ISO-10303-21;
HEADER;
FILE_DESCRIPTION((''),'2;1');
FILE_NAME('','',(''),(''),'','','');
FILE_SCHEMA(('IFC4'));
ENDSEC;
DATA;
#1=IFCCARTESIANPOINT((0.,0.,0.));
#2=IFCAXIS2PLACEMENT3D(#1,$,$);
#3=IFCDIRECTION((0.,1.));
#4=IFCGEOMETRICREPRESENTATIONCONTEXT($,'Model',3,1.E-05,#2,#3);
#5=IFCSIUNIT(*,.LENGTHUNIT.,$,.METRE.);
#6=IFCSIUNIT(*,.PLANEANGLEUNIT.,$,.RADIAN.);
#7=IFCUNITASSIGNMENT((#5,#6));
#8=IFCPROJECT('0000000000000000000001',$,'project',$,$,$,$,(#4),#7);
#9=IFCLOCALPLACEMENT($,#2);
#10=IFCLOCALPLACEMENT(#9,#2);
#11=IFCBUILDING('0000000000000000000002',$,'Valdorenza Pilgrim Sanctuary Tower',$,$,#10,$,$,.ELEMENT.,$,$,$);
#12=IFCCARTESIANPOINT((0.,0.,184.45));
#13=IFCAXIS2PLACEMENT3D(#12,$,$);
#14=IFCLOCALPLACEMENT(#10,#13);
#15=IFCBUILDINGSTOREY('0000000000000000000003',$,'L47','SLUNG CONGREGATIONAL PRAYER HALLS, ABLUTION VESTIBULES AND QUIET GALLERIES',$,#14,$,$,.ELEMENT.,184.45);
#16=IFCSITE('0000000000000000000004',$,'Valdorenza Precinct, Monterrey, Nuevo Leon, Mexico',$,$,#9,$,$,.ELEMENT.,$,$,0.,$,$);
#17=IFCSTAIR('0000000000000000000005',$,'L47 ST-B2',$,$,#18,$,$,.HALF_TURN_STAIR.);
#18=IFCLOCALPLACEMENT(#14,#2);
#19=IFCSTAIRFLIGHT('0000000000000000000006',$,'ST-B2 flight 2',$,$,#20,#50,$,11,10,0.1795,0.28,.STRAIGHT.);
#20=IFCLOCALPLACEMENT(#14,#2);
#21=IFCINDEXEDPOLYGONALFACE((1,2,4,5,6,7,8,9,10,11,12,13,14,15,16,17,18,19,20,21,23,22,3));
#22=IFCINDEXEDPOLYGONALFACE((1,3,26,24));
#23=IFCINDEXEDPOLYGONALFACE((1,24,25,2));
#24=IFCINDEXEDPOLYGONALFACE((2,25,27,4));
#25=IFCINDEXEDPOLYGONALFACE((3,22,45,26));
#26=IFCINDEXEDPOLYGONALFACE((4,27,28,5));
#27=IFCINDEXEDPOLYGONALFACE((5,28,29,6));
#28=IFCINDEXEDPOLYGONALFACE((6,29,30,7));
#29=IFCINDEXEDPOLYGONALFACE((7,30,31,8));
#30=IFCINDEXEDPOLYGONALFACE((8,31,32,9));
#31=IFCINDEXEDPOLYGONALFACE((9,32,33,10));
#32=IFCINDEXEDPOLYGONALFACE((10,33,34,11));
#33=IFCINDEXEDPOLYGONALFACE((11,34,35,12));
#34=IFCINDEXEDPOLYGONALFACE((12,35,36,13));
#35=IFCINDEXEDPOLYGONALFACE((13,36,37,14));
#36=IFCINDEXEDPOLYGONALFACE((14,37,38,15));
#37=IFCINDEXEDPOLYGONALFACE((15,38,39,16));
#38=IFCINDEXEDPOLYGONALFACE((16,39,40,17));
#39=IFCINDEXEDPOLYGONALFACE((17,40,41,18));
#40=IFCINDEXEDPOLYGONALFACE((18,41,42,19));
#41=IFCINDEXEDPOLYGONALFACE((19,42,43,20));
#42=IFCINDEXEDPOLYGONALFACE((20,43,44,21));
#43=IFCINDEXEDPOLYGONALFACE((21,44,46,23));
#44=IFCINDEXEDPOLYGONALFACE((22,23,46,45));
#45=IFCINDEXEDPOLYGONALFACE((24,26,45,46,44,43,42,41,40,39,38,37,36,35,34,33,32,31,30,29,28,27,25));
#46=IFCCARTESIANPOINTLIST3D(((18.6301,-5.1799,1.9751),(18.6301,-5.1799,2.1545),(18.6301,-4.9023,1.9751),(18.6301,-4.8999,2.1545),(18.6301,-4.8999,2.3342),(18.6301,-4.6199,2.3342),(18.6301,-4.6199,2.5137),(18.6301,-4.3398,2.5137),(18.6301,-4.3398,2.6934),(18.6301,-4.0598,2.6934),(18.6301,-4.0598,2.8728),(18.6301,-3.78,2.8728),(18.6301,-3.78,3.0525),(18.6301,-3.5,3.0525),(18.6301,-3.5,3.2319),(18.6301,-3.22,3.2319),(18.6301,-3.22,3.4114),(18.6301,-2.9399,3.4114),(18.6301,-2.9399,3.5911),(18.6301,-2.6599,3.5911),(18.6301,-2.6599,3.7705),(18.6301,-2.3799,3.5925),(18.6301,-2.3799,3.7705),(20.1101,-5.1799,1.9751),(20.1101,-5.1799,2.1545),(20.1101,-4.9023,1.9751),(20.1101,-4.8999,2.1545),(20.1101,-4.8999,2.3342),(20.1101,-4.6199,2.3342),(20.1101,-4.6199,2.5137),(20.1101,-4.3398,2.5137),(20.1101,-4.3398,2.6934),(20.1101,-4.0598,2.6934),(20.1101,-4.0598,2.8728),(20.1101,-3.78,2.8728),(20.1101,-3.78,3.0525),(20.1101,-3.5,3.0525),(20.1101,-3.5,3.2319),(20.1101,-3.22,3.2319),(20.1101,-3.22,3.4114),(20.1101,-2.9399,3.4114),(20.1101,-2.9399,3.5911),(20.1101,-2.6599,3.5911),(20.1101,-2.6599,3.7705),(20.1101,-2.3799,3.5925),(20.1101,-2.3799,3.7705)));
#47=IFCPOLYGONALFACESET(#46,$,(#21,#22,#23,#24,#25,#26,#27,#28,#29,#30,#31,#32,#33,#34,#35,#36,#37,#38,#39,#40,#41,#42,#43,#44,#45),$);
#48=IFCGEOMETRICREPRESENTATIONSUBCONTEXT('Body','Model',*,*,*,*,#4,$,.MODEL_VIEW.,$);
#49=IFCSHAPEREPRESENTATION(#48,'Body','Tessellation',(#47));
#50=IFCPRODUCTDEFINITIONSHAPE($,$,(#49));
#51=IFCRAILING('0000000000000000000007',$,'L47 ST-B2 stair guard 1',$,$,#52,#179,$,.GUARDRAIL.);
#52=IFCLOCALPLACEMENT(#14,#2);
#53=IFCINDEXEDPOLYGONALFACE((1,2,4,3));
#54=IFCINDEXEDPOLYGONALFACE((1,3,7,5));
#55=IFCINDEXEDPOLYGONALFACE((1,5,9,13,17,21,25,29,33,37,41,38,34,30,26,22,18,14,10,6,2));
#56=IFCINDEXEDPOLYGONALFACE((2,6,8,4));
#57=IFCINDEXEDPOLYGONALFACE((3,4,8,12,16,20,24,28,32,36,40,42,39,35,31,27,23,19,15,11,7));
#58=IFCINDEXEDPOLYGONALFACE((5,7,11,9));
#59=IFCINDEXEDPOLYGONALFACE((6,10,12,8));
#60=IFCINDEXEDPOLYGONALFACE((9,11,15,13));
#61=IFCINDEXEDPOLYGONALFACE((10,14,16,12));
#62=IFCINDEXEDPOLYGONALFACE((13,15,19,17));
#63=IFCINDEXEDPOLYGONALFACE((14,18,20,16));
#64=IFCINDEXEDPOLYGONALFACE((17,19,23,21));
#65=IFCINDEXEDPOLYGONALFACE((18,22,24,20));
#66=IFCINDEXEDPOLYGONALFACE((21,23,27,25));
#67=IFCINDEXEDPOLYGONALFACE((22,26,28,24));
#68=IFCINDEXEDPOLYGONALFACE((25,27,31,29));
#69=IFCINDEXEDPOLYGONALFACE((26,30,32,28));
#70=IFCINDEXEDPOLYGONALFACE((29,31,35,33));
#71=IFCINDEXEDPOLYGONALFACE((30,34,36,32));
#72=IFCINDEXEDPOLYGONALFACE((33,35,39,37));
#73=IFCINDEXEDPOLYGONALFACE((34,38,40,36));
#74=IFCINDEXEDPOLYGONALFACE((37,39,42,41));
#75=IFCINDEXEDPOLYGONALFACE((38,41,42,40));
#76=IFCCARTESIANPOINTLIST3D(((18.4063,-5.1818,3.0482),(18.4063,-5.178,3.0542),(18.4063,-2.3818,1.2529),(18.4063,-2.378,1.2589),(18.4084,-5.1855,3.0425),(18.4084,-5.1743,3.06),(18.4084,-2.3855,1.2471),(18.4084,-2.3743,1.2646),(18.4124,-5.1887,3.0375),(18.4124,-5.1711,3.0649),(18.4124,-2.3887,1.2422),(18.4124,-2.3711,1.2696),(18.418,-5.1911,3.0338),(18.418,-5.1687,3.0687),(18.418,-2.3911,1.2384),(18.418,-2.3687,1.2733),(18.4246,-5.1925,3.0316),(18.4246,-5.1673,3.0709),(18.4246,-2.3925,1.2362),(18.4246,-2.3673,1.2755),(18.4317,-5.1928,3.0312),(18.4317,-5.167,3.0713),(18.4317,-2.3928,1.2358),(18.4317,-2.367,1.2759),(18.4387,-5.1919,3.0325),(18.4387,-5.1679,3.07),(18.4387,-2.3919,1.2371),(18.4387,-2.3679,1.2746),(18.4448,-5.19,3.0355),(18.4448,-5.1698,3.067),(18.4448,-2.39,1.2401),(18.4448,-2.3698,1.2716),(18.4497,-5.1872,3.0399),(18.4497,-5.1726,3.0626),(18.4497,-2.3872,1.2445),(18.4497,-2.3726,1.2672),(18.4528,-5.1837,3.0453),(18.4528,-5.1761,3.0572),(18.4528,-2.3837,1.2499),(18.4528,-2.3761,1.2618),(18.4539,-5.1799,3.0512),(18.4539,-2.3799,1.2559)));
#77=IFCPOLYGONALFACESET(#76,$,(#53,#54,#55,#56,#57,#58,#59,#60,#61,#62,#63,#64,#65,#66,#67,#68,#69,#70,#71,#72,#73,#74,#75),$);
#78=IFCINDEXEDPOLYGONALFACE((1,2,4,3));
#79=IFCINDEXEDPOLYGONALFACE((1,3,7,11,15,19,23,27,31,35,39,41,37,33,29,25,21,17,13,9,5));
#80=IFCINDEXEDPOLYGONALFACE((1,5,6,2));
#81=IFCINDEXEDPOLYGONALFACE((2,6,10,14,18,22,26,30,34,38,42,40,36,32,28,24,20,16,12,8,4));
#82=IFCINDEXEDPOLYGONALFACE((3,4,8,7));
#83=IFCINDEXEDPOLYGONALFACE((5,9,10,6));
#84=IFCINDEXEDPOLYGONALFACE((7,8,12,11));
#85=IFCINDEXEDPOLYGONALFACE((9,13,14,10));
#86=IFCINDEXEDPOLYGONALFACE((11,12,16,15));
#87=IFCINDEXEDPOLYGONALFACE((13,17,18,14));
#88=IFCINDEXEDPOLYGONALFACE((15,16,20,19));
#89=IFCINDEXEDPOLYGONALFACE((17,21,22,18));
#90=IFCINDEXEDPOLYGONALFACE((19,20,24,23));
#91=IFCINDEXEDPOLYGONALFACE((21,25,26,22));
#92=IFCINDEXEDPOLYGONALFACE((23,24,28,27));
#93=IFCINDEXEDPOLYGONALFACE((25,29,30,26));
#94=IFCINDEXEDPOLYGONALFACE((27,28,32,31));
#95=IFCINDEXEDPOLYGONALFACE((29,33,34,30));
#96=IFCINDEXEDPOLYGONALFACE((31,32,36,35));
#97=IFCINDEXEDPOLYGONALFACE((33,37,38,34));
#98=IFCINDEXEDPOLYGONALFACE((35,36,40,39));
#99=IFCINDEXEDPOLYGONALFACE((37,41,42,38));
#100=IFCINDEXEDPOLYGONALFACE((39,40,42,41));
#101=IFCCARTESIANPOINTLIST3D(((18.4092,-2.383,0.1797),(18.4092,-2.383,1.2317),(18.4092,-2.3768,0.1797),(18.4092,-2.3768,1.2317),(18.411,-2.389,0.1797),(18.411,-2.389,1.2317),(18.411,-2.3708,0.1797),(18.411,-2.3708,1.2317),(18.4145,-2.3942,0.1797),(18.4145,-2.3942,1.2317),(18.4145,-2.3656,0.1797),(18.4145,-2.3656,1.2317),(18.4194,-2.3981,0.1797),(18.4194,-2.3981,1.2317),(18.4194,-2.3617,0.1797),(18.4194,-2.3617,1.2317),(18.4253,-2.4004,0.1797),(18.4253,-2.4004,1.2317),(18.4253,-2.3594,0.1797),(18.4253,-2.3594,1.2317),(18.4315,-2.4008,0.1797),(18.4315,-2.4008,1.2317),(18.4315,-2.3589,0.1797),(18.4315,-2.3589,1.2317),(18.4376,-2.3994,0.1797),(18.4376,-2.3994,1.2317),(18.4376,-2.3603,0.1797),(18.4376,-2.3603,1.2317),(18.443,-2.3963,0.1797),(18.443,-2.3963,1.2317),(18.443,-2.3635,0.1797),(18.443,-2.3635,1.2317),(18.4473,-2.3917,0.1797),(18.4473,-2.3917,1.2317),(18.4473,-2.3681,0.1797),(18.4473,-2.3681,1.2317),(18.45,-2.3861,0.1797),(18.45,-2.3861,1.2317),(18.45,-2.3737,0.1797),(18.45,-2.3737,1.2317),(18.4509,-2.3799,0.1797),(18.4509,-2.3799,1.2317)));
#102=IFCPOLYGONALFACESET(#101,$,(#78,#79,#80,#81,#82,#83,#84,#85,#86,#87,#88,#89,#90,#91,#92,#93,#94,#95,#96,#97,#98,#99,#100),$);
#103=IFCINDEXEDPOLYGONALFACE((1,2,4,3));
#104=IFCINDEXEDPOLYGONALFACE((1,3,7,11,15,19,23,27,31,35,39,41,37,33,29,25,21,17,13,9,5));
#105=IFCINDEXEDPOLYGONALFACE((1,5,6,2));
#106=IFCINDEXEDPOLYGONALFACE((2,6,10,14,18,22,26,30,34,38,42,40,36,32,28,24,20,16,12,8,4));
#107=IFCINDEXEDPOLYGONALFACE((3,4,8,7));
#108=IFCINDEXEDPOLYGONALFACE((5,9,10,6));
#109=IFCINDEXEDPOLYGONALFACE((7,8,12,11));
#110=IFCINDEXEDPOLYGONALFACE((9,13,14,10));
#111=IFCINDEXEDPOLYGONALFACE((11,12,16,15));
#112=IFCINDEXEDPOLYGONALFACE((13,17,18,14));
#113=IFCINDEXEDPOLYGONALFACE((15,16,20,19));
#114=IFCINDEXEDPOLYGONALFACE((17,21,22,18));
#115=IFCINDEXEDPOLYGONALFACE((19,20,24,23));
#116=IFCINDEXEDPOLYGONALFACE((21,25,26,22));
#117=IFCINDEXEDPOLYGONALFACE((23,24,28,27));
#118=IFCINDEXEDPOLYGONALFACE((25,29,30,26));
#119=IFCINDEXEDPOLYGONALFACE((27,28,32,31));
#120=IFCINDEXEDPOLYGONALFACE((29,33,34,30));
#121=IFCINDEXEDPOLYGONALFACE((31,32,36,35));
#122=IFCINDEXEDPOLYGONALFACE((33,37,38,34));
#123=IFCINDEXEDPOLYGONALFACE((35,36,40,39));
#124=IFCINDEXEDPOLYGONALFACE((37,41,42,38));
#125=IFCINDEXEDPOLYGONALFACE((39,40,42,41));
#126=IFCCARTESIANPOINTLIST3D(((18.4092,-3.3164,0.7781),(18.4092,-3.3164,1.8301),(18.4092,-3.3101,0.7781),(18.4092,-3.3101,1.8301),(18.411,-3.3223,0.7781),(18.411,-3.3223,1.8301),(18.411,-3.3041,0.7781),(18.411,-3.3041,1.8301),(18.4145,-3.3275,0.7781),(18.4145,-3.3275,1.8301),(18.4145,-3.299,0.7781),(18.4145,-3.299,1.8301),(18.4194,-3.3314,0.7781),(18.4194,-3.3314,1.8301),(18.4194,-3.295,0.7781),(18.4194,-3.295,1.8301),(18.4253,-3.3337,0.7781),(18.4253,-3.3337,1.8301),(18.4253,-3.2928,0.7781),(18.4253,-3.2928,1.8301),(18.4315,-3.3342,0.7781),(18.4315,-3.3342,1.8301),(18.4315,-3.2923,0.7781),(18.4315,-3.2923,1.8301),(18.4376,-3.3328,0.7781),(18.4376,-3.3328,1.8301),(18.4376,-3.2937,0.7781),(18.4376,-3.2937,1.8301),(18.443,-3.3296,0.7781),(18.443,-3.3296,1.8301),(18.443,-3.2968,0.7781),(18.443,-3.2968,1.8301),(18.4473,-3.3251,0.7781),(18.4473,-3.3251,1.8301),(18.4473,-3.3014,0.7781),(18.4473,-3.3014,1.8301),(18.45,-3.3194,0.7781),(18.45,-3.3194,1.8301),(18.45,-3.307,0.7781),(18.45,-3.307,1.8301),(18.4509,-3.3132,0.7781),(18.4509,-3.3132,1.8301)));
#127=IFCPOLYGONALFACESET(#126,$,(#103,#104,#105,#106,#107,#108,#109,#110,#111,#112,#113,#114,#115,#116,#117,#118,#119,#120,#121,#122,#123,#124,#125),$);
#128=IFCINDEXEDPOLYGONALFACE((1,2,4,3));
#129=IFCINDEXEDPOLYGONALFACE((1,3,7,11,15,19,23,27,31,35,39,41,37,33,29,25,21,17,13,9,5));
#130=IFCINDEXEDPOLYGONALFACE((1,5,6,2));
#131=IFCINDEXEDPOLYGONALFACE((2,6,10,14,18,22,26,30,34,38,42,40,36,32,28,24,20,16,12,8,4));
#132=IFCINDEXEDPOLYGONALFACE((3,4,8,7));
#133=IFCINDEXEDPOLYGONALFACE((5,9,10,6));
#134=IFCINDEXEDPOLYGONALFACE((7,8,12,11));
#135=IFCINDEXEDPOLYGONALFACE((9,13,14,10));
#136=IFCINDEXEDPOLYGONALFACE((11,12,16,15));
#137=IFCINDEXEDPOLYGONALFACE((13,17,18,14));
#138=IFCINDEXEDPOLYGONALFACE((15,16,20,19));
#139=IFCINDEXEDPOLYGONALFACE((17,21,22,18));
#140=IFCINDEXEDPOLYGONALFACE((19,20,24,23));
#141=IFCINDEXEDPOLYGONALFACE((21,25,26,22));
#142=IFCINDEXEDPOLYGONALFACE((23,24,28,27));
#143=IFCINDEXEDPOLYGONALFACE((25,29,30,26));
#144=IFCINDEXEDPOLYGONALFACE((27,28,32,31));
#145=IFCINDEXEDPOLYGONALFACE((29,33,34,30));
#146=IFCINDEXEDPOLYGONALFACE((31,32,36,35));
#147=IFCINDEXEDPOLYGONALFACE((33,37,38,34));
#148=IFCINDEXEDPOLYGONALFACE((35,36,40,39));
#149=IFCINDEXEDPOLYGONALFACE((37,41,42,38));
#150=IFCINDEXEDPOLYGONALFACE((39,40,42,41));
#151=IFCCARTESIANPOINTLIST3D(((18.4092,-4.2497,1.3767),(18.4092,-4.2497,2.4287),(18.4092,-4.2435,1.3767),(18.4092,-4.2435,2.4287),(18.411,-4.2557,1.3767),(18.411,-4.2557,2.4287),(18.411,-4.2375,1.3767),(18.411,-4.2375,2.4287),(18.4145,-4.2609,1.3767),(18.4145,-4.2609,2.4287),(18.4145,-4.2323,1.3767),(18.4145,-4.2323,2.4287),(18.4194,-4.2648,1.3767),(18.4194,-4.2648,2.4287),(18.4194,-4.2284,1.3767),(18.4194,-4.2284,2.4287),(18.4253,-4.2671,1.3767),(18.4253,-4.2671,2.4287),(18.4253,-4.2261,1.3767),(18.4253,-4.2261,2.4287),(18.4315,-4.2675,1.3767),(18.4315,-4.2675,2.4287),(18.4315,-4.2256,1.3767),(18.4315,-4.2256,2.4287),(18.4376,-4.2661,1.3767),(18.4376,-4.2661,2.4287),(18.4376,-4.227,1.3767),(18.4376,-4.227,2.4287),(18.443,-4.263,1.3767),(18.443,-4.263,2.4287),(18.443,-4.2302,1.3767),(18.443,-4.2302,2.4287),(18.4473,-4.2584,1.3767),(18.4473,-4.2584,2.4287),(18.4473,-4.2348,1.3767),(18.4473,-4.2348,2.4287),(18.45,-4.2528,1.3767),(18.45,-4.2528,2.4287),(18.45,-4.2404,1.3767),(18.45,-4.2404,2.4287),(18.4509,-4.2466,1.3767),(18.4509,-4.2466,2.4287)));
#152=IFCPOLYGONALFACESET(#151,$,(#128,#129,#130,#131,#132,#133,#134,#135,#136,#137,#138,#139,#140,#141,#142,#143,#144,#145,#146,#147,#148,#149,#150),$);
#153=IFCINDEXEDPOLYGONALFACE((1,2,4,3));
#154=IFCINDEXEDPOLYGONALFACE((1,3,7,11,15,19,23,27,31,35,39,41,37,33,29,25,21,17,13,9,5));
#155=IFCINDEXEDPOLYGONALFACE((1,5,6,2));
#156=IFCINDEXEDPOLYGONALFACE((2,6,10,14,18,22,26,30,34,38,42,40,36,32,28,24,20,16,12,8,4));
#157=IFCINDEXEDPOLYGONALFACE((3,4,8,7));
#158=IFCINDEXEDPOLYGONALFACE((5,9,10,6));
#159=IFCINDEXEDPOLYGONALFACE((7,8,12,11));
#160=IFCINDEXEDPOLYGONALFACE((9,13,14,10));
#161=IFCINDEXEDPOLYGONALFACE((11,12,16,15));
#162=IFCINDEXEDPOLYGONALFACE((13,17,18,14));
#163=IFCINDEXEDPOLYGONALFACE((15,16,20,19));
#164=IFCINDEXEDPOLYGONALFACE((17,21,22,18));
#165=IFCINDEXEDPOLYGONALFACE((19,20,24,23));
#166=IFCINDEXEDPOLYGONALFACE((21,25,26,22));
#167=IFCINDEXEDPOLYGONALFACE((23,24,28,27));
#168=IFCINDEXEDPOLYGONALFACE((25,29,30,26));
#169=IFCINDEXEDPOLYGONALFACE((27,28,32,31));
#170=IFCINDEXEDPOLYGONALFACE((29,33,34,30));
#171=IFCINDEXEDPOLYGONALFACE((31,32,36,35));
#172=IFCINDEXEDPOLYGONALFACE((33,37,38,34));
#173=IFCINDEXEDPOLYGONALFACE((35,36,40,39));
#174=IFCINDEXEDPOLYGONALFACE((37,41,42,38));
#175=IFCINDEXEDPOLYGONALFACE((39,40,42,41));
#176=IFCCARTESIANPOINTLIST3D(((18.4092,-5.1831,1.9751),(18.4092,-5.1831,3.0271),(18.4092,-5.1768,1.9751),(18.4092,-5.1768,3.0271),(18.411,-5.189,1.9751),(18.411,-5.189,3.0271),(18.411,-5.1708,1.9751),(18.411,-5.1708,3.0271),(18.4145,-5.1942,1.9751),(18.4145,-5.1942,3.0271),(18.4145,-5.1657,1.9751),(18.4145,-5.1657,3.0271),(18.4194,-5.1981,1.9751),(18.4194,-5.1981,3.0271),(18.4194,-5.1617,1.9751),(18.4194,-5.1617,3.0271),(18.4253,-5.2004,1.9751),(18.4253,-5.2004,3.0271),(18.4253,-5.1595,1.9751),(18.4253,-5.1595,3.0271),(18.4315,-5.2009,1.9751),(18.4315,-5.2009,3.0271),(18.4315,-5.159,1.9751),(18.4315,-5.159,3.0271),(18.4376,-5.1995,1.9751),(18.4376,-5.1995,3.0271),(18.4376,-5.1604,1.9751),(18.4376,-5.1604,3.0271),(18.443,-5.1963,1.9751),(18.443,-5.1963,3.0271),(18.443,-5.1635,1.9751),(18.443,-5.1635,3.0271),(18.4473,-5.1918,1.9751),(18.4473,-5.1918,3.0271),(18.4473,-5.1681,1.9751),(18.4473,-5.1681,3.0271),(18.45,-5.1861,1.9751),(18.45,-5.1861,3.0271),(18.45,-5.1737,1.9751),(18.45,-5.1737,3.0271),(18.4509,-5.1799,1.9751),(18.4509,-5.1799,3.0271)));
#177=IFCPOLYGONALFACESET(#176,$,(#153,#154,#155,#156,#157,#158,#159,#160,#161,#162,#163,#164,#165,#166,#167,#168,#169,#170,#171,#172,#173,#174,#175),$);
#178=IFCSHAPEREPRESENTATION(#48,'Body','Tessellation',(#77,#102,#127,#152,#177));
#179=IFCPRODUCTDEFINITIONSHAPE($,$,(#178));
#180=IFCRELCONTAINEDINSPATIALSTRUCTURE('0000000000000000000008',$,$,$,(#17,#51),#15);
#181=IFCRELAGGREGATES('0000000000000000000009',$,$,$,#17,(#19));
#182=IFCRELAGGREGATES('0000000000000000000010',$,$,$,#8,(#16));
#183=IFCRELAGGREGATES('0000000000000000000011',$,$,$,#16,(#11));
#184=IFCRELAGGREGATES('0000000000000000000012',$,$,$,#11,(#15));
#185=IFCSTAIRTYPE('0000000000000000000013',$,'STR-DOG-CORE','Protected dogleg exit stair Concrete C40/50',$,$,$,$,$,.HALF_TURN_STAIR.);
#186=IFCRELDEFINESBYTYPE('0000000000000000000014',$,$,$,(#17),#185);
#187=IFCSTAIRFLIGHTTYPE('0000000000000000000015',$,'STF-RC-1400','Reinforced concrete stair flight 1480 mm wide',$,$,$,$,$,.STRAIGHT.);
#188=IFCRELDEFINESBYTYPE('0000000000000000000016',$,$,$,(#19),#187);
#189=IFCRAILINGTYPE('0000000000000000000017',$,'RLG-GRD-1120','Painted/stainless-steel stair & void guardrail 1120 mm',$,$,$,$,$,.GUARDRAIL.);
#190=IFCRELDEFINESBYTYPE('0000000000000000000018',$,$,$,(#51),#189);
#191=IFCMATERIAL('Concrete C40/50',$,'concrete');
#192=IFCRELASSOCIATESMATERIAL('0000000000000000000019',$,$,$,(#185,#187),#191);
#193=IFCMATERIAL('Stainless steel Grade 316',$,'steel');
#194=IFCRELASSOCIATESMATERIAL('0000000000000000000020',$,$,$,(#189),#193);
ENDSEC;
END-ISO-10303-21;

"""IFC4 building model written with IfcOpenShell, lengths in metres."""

from ifc_helpers import new_model, si_unit, direction, frame, origin, origin_2d, place, context, subcontext, project, spatial, polyline, circle, outline, extrude, material, type_object, element, aggregate, save


model = new_model("IFC4")

# Units and contexts
model_context = context("Model", 3, precision=1e-05, world=origin(), true_north=direction((0.0, 1.0)))
body_context = subcontext(model_context, "Body", "Model", "MODEL_VIEW")
ifc_project = project(units=[si_unit("LENGTHUNIT", "METRE"), si_unit("PLANEANGLEUNIT", "RADIAN")], contexts=[model_context])

# Site, building, storey
site_placement = place(None, origin())
site = spatial("IfcSite", under=ifc_project, at=site_placement, Name="Valdorenza Precinct, Monterrey, Nuevo Leon, Mexico", CompositionType="ELEMENT", RefElevation=0.0)
building_placement = place(site_placement, origin())
building = spatial("IfcBuilding", under=site, at=building_placement, Name="Valdorenza Pilgrim Sanctuary Tower", CompositionType="ELEMENT")
storey_placement = place(building_placement, frame((0.0, 0.0, 184.45)))
storey = spatial("IfcBuildingStorey", under=building, at=storey_placement, Name="L47", Description="SLUNG CONGREGATIONAL PRAYER HALLS, ABLUTION VESTIBULES AND QUIET GALLERIES", CompositionType="ELEMENT", Elevation=184.45)

# Shared definitions
ifc_material_1 = material(Name="Concrete C40/50", Category="concrete")

# Stair, stair flight
stair_type = type_object("IfcStairType", Name="STR-DOG-CORE", Description="Protected dogleg exit stair Concrete C40/50", PredefinedType="HALF_TURN_STAIR", material=ifc_material_1)
stair_placement = place(storey_placement, origin())
stair = element("IfcStair", 1, at=stair_placement, inside=storey, type_object=stair_type, Name="L47 ST-B2", PredefinedType="HALF_TURN_STAIR")
stair_flight_type = type_object("IfcStairFlightType", Name="STF-RC-1400", Description="Reinforced concrete stair flight 1480 mm wide", PredefinedType="STRAIGHT", material=ifc_material_1)
stair_flight_1_placement = place(storey_placement, frame((19.3701, -5.1799, 1.9751), z_axis=(0.0, 0.0, 1.0), x_axis=(0.0, 1.0, 0.0)))
stair_flight_1 = element("IfcStairFlight", 2, at=stair_flight_1_placement, type_object=stair_flight_type, Name="ST-B2 flight 2", NumberOfRisers=11, NumberOfTreads=10, PredefinedType="STRAIGHT", RiserHeight=0.1795, TreadLength=0.28, context=body_context, shape_type="SweptSolid", body=[
    extrude(outline(polyline([(0.0, 0.0), (0.0, 0.1794), (0.28, 0.1794), (0.28, 0.3591), (0.5601, 0.3591), (0.5601, 0.5386), (0.8401, 0.5386), (0.8401, 0.7183), (1.1201, 0.7183), (1.1201, 0.8977), (1.3999, 0.8977), (1.3999, 1.0774), (1.6799, 1.0774), (1.6799, 1.2568), (1.96, 1.2568), (1.96, 1.4363), (2.24, 1.4363), (2.24, 1.616), (2.52, 1.616), (2.52, 1.7954), (2.8, 1.7954), (2.8, 1.9751), (2.8, 1.6174), (0.2776, 0.0), (0.0, 0.0)])), frame((0.0, 0.74, 0.0), z_axis=(0.0, -1.0, 0.0), x_axis=(1.0, 0.0, 0.0)), (0.0, 0.0, 1.0), 1.48),
])
aggregate(stair, [stair_flight_1])

# Railing
ifc_material_2 = material(Name="Stainless steel Grade 316", Category="steel")
railing_type_1 = type_object("IfcRailingType", Name="RLG-GRD-1120", Description="Painted/stainless-steel stair & void guardrail 1120 mm", PredefinedType="GUARDRAIL", material=ifc_material_2)
railing_1_placement = place(storey_placement, frame((18.4299, -2.3799, 0.1797)))
element("IfcRailing", 3, at=railing_1_placement, inside=storey, type_object=railing_type_1, Name="L47 ST-B2 stair guard 1", PredefinedType="GUARDRAIL", context=body_context, shape_type="SweptSolid", body=[
    extrude(circle(Radius=0.0239, at=origin_2d()), frame((0.0, 0.0, 1.0762), z_axis=(0.0, -0.84181, 0.539774), x_axis=(1.0, 0.0, 0.0)), (0.0, 0.0, 1.0), 3.3262),
    extrude(circle(Radius=0.021, at=origin_2d()), origin(), (0.0, 0.0, 1.0), 1.052),
    extrude(circle(Radius=0.021, at=origin_2d()), frame((0.0, -0.9333, 0.5984)), (0.0, 0.0, 1.0), 1.052),
    extrude(circle(Radius=0.021, at=origin_2d()), frame((0.0, -1.8667, 1.197)), (0.0, 0.0, 1.0), 1.052),
    extrude(circle(Radius=0.021, at=origin_2d()), frame((0.0, -2.8, 1.7954)), (0.0, 0.0, 1.0), 1.052),
])

save(model, "model.ifc")
